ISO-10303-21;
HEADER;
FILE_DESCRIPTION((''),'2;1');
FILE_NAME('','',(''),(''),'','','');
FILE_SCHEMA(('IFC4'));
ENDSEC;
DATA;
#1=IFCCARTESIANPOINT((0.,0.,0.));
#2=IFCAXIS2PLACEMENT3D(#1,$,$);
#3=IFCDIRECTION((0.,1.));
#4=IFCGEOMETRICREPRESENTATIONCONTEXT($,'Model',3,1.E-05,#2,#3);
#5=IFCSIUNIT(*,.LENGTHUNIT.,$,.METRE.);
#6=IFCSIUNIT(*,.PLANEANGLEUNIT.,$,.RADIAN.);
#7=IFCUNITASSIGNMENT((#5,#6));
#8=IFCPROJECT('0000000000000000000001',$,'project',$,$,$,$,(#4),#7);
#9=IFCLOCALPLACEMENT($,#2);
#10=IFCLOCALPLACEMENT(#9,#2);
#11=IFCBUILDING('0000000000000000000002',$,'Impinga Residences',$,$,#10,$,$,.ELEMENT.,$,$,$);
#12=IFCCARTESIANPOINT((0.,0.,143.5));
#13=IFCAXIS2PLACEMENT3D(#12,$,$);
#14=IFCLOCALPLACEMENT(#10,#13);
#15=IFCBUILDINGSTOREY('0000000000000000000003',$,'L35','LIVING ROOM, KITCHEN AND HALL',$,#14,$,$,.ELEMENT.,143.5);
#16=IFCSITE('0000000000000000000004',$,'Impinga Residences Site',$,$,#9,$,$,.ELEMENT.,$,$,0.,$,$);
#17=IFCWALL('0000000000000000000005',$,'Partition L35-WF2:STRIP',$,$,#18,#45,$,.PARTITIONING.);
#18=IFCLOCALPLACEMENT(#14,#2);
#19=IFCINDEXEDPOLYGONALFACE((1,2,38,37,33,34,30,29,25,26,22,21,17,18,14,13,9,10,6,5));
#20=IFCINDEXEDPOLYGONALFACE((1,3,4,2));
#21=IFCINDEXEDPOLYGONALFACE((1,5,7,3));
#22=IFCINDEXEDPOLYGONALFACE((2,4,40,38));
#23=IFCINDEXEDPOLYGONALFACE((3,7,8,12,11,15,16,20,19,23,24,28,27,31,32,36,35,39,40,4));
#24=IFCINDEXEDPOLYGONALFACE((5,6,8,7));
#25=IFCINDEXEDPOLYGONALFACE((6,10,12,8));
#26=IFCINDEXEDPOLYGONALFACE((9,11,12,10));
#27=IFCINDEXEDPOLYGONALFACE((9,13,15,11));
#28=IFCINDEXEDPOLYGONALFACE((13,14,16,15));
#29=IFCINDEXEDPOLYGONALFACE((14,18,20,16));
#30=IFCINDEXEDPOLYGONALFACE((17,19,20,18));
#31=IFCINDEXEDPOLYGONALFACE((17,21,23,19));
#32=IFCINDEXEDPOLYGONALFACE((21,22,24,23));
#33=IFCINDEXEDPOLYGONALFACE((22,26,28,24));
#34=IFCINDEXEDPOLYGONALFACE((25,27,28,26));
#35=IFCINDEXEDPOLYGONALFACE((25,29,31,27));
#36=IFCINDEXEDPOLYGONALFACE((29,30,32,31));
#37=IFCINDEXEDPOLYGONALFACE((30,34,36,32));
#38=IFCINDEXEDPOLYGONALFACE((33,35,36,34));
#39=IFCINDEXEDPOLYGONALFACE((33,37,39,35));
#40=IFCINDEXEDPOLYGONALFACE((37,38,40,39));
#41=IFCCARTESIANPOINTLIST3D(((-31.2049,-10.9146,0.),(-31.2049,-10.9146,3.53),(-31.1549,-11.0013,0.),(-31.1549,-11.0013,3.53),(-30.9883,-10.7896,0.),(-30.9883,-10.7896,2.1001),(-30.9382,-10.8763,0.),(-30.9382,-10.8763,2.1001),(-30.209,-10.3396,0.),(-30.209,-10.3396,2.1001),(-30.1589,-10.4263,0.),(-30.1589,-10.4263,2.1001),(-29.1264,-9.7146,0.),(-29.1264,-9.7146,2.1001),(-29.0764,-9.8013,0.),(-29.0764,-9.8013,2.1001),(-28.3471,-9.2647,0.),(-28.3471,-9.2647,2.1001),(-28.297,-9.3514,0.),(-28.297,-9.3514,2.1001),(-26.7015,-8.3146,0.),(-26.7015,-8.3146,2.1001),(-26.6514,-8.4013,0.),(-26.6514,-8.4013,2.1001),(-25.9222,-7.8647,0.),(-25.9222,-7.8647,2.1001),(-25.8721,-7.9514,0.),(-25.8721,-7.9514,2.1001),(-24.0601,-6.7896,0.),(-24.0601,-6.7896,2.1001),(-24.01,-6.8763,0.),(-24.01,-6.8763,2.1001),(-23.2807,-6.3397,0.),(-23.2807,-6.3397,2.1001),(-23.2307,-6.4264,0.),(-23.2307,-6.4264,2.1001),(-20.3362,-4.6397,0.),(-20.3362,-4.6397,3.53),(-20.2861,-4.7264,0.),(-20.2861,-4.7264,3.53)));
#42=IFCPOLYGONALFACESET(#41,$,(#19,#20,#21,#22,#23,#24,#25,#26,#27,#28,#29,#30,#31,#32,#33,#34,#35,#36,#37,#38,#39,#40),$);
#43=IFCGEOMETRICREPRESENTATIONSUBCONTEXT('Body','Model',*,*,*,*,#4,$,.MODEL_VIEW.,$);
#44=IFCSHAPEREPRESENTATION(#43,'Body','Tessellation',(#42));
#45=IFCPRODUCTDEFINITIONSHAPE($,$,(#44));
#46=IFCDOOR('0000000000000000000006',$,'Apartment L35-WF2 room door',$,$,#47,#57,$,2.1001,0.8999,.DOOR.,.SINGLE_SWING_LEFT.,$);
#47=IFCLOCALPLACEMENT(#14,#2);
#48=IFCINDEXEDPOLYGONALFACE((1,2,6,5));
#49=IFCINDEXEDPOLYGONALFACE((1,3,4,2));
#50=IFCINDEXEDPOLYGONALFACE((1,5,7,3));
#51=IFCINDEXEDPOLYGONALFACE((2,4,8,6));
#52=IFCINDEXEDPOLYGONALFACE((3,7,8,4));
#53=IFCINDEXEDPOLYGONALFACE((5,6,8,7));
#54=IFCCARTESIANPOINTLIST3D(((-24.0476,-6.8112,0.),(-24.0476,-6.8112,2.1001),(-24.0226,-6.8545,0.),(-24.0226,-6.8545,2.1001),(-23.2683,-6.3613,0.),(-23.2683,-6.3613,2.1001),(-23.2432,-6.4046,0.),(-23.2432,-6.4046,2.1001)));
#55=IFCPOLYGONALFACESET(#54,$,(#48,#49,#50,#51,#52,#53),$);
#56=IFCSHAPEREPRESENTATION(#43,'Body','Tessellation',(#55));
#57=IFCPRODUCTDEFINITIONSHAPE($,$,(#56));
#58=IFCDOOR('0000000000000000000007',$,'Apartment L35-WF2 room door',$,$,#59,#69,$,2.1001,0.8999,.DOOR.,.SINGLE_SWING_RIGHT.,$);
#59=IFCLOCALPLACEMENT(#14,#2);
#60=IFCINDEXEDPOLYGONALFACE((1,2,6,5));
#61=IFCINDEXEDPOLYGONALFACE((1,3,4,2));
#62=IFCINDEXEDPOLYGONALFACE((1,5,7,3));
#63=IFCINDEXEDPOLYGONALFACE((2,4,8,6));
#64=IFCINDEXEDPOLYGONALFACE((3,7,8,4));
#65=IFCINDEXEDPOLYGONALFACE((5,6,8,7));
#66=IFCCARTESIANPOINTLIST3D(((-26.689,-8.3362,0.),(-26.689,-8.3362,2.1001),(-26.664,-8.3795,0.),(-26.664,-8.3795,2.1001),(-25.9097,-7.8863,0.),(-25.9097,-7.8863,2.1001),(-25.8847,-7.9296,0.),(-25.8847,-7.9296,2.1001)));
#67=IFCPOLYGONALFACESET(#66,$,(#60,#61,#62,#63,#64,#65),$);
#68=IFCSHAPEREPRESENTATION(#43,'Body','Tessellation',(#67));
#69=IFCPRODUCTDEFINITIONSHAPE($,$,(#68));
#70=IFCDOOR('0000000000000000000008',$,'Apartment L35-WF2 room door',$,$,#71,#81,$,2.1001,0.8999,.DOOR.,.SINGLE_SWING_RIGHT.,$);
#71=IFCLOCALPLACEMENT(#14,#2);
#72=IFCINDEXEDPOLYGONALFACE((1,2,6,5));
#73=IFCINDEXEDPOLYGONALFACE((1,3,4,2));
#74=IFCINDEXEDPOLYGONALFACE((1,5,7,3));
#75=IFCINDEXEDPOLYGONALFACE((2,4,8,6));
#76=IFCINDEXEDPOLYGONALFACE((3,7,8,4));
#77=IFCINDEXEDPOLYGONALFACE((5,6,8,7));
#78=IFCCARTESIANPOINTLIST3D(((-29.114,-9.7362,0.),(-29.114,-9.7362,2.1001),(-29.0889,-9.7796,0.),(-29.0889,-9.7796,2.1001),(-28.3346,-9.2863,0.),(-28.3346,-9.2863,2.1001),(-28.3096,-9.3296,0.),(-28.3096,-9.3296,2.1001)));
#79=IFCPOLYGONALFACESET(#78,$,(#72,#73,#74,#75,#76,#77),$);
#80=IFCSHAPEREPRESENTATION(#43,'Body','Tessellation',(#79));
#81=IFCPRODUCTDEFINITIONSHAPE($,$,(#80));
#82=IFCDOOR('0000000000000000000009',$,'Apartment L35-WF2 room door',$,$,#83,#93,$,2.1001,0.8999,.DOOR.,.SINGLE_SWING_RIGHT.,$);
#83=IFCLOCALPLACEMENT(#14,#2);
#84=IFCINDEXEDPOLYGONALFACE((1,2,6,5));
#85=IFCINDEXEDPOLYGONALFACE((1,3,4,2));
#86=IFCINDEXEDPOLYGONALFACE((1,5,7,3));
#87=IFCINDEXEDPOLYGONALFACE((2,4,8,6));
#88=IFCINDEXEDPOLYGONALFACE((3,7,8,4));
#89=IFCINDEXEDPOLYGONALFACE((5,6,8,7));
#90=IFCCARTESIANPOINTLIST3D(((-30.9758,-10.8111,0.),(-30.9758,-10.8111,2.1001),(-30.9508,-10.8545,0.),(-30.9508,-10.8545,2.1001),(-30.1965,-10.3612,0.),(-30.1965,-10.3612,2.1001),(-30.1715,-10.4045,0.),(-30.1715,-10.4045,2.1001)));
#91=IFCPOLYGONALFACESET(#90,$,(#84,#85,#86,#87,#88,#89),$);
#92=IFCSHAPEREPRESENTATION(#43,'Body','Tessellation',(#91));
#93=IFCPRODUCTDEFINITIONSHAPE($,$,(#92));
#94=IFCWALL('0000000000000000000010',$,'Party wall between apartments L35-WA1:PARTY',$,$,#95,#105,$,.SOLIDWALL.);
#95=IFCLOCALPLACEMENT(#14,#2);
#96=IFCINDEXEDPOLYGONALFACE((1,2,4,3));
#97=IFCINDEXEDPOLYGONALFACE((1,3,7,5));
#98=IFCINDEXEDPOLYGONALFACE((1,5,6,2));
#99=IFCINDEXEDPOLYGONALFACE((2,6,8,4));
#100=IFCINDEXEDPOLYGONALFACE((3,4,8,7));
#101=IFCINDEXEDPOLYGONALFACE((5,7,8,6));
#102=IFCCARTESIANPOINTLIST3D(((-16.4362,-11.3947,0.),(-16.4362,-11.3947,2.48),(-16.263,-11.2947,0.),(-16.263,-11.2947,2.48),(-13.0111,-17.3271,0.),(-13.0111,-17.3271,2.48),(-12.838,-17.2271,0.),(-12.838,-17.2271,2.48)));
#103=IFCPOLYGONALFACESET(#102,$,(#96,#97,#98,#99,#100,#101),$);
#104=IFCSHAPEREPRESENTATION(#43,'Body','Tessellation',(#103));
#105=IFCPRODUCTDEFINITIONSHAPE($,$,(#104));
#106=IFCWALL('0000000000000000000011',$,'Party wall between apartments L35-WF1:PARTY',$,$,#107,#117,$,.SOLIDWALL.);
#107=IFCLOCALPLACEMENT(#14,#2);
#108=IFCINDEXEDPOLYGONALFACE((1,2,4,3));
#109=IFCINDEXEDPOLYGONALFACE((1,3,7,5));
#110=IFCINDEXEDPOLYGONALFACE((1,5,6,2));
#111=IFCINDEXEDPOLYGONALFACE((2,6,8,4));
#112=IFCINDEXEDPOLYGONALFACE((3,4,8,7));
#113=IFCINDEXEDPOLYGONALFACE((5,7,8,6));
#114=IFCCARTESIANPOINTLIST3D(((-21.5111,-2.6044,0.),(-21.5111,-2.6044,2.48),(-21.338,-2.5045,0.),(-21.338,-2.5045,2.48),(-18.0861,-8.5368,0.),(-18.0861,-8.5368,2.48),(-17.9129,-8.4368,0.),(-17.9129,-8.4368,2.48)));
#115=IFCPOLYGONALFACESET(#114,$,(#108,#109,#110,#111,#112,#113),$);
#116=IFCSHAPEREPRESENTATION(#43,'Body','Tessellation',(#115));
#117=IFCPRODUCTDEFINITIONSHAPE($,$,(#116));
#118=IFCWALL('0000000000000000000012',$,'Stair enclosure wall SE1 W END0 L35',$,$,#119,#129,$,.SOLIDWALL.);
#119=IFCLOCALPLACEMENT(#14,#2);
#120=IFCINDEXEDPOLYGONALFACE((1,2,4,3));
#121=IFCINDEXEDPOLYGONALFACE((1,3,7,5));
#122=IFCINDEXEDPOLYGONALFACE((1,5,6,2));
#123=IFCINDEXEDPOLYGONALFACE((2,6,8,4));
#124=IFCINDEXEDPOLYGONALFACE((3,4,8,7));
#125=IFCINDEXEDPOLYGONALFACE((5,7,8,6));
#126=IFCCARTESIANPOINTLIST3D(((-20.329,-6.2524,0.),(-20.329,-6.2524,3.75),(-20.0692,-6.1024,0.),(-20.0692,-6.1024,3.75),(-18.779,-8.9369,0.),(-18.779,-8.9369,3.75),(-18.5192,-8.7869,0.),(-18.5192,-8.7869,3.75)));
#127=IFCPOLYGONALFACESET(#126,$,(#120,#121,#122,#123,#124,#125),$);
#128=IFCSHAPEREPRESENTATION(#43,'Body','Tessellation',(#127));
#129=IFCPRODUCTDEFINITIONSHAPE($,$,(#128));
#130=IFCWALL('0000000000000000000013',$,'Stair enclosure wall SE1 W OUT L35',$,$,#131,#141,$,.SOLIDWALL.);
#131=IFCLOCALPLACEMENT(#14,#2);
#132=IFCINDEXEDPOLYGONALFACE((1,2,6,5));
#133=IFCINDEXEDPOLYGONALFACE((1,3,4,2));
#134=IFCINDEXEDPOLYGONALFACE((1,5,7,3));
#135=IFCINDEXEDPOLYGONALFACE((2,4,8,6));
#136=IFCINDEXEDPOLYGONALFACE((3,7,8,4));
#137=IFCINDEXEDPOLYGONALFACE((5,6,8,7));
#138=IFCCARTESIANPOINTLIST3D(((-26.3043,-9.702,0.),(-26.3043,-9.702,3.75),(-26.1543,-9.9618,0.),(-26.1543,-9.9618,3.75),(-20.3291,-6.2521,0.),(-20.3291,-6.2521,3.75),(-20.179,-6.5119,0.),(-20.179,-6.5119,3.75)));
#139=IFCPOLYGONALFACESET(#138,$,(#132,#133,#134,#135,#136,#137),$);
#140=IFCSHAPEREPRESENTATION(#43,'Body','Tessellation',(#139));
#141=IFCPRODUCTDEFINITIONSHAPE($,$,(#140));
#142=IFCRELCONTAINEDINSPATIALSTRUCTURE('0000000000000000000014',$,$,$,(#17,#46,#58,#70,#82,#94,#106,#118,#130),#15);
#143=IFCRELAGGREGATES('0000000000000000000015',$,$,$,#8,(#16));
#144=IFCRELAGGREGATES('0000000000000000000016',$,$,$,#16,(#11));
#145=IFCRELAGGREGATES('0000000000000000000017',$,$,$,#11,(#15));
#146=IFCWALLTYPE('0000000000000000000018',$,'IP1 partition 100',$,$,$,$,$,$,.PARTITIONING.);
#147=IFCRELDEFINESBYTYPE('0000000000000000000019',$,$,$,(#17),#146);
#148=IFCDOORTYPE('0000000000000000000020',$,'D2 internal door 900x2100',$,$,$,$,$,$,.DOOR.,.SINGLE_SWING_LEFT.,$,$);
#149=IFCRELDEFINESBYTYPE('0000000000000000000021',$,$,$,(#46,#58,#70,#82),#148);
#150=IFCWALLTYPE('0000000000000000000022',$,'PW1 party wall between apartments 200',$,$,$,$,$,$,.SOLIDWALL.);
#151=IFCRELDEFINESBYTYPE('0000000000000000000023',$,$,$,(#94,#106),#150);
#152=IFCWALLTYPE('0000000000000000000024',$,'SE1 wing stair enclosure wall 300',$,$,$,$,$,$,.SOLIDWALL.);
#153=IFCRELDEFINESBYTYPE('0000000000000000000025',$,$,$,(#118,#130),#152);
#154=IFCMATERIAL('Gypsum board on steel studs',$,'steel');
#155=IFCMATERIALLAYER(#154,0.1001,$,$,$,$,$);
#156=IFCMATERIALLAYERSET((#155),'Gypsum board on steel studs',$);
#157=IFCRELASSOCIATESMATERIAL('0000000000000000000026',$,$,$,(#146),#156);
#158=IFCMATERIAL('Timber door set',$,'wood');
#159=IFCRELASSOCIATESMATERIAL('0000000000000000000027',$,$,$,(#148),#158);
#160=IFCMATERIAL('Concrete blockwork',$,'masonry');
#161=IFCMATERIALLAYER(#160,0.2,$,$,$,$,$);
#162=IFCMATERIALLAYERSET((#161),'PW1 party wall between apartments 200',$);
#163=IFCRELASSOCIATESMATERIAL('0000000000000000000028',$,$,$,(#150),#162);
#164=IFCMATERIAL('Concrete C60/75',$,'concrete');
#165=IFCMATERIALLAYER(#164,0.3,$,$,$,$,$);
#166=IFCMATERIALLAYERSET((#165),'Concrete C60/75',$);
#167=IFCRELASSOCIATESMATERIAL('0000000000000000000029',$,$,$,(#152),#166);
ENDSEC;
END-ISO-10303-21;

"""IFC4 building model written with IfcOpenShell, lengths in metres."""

from ifc_helpers import new_model, si_unit, direction, frame, frame_2d, origin, place, context, subcontext, project, spatial, rectangle, extrude, material, layer, layer_set, type_object, element, fill, save


model = new_model("IFC4")

# Units and contexts
model_context = context("Model", 3, precision=1e-05, world=origin(), true_north=direction((0.0, 1.0)))
body_context = subcontext(model_context, "Body", "Model", "MODEL_VIEW")
ifc_project = project(units=[si_unit("LENGTHUNIT", "METRE"), si_unit("PLANEANGLEUNIT", "RADIAN")], contexts=[model_context])

# Site, building, storey
site_placement = place(None, origin())
site = spatial("IfcSite", under=ifc_project, at=site_placement, Name="Impinga Residences Site", CompositionType="ELEMENT", RefElevation=0.0)
building_placement = place(site_placement, origin())
building = spatial("IfcBuilding", under=site, at=building_placement, Name="Impinga Residences", CompositionType="ELEMENT")
storey_placement = place(building_placement, frame((0.0, 0.0, 143.5)))
storey = spatial("IfcBuildingStorey", under=building, at=storey_placement, Name="L35", Description="LIVING ROOM, KITCHEN AND HALL", CompositionType="ELEMENT", Elevation=143.5)

# Shared definitions
ifc_material_1 = material(Name="Concrete C60/75", Category="concrete")

# Shared definitions
ifc_material_2 = material(Name="Gypsum board on steel studs", Category="steel")
ifc_layer_1 = layer(ifc_material_2, 0.1001)
ifc_layer_set_1 = layer_set([ifc_layer_1], Name="Gypsum board on steel studs")
wall_type_1 = type_object("IfcWallType", Name="IP1 partition 100", PredefinedType="PARTITIONING", material=ifc_layer_set_1)

# Shared definitions
ifc_material_3 = material(Name="Timber door set", Category="wood")
door_type = type_object("IfcDoorType", Name="D2 internal door 900x2100", OperationType="SINGLE_SWING_LEFT", PredefinedType="DOOR", material=ifc_material_3)

# Wall, openings, doors
wall_1_placement = place(storey_placement, frame((-20.3113, -4.6831, 0.0), z_axis=(0.0, 0.0, 1.0), x_axis=(-0.866029, -0.499993, 0.0)))
wall_1 = element("IfcWall", 1, at=wall_1_placement, inside=storey, type_object=wall_type_1, Name="Partition L35-WF2:STRIP", PredefinedType="PARTITIONING", context=body_context, shape_type="SweptSolid", body=[
    extrude(rectangle(XDim=12.55, YDim=0.1001, at=frame_2d((6.2749, 0.0))), origin(), (0.0, 0.0, 1.0), 3.53),
])
opening_1_placement = place(wall_1_placement, frame((3.3999, 0.0, 0.0)))
opening_1 = element("IfcOpeningElement", 2, at=opening_1_placement, cuts=wall_1, PredefinedType="OPENING", context=body_context, shape_type="SweptSolid", body=[
    extrude(rectangle(XDim=0.8999, YDim=2.1001, at=frame_2d((0.45, 1.05))), frame((0.0, 0.0601, 0.0), z_axis=(0.0, -1.0, 0.0), x_axis=(1.0, 0.0, 0.0)), (0.0, 0.0, 1.0), 0.1201),
])
opening_2_placement = place(wall_1_placement, frame((6.45, 0.0, 0.0)))
opening_2 = element("IfcOpeningElement", 3, at=opening_2_placement, cuts=wall_1, PredefinedType="OPENING", context=body_context, shape_type="SweptSolid", body=[
    extrude(rectangle(XDim=0.8999, YDim=2.1001, at=frame_2d((0.45, 1.05))), frame((0.0, 0.0601, 0.0), z_axis=(0.0, -1.0, 0.0), x_axis=(1.0, 0.0, 0.0)), (0.0, 0.0, 1.0), 0.1201),
])
opening_3_placement = place(wall_1_placement, frame((9.25, 0.0, 0.0)))
opening_3 = element("IfcOpeningElement", 4, at=opening_3_placement, cuts=wall_1, PredefinedType="OPENING", context=body_context, shape_type="SweptSolid", body=[
    extrude(rectangle(XDim=0.8999, YDim=2.1001, at=frame_2d((0.45, 1.05))), frame((0.0, 0.0601, 0.0), z_axis=(0.0, -1.0, 0.0), x_axis=(1.0, 0.0, 0.0)), (0.0, 0.0, 1.0), 0.1201),
])
opening_4_placement = place(wall_1_placement, frame((11.3999, 0.0, 0.0)))
opening_4 = element("IfcOpeningElement", 5, at=opening_4_placement, cuts=wall_1, PredefinedType="OPENING", context=body_context, shape_type="SweptSolid", body=[
    extrude(rectangle(XDim=0.8999, YDim=2.1001, at=frame_2d((0.45, 1.05))), frame((0.0, 0.0601, 0.0), z_axis=(0.0, -1.0, 0.0), x_axis=(1.0, 0.0, 0.0)), (0.0, 0.0, 1.0), 0.1201),
])
door_1_placement = place(opening_1_placement, origin())
door_1 = element("IfcDoor", 6, at=door_1_placement, inside=storey, type_object=door_type, Name="Apartment L35-WF2 room door", OperationType="SINGLE_SWING_LEFT", OverallHeight=2.1001, OverallWidth=0.8999, PredefinedType="DOOR", context=body_context, shape_type="SweptSolid", body=[
    extrude(rectangle(XDim=0.8999, YDim=2.1001, at=frame_2d((0.45, 1.05))), frame((0.0, 0.0249, 0.0), z_axis=(0.0, -1.0, 0.0), x_axis=(1.0, 0.0, 0.0)), (0.0, 0.0, 1.0), 0.05),
])
fill(opening_1, door_1)
door_2_placement = place(opening_2_placement, origin())
door_2 = element("IfcDoor", 7, at=door_2_placement, inside=storey, type_object=door_type, Name="Apartment L35-WF2 room door", OperationType="SINGLE_SWING_RIGHT", OverallHeight=2.1001, OverallWidth=0.8999, PredefinedType="DOOR", context=body_context, shape_type="SweptSolid", body=[
    extrude(rectangle(XDim=0.8999, YDim=2.1001, at=frame_2d((0.45, 1.05))), frame((0.0, 0.0249, 0.0), z_axis=(0.0, -1.0, 0.0), x_axis=(1.0, 0.0, 0.0)), (0.0, 0.0, 1.0), 0.05),
])
fill(opening_2, door_2)
door_3_placement = place(opening_3_placement, origin())
door_3 = element("IfcDoor", 8, at=door_3_placement, inside=storey, type_object=door_type, Name="Apartment L35-WF2 room door", OperationType="SINGLE_SWING_RIGHT", OverallHeight=2.1001, OverallWidth=0.8999, PredefinedType="DOOR", context=body_context, shape_type="SweptSolid", body=[
    extrude(rectangle(XDim=0.8999, YDim=2.1001, at=frame_2d((0.45, 1.05))), frame((0.0, 0.0249, 0.0), z_axis=(0.0, -1.0, 0.0), x_axis=(1.0, 0.0, 0.0)), (0.0, 0.0, 1.0), 0.05),
])
fill(opening_3, door_3)
door_4_placement = place(opening_4_placement, origin())
door_4 = element("IfcDoor", 9, at=door_4_placement, inside=storey, type_object=door_type, Name="Apartment L35-WF2 room door", OperationType="SINGLE_SWING_RIGHT", OverallHeight=2.1001, OverallWidth=0.8999, PredefinedType="DOOR", context=body_context, shape_type="SweptSolid", body=[
    extrude(rectangle(XDim=0.8999, YDim=2.1001, at=frame_2d((0.45, 1.05))), frame((0.0, 0.0249, 0.0), z_axis=(0.0, -1.0, 0.0), x_axis=(1.0, 0.0, 0.0)), (0.0, 0.0, 1.0), 0.05),
])
fill(opening_4, door_4)

# Walls
ifc_material_4 = material(Name="Concrete blockwork", Category="masonry")
ifc_layer_2 = layer(ifc_material_4, 0.2)
ifc_layer_set_2 = layer_set([ifc_layer_2], Name="PW1 party wall between apartments 200")
wall_type_2 = type_object("IfcWallType", Name="PW1 party wall between apartments 200", PredefinedType="SOLIDWALL", material=ifc_layer_set_2)
for number, where, z_axis, x_axis, name in (
    (10, (-16.3496, -11.3447, 0.0), (0.0, 0.0, 1.0), (0.499999, -0.866026, 0.0), "Party wall between apartments L35-WA1:PARTY"),
    (11, (-17.9995, -8.4868, 0.0), (0.0, 0.0, 1.0), (-0.499999, 0.866026, 0.0), "Party wall between apartments L35-WF1:PARTY"),
):
    element("IfcWall", number, at=place(storey_placement, frame(where, z_axis=z_axis, x_axis=x_axis)), inside=storey, type_object=wall_type_2, Name=name, PredefinedType="SOLIDWALL", context=body_context, shape_type="SweptSolid", body=[
        extrude(rectangle(XDim=6.8501, YDim=0.2, at=frame_2d((3.425, 0.0))), origin(), (0.0, 0.0, 1.0), 2.48),
    ])
ifc_layer_3 = layer(ifc_material_1, 0.3)
ifc_layer_set_3 = layer_set([ifc_layer_3], Name="Concrete C60/75")
wall_type_3 = type_object("IfcWallType", Name="SE1 wing stair enclosure wall 300", PredefinedType="SOLIDWALL", material=ifc_layer_set_3)
wall_2_placement = place(storey_placement, frame((-18.6492, -8.8618, 0.0), z_axis=(0.0, 0.0, 1.0), x_axis=(-0.500027, 0.86601, 0.0)))
element("IfcWall", 12, at=wall_2_placement, inside=storey, type_object=wall_type_3, Name="Stair enclosure wall SE1 W END0 L35", PredefinedType="SOLIDWALL", context=body_context, shape_type="SweptSolid", body=[
    extrude(rectangle(XDim=3.0999, YDim=0.3, at=frame_2d((1.5498, 0.0))), origin(), (0.0, 0.0, 1.0), 3.75),
])
wall_3_placement = place(storey_placement, frame((-20.2542, -6.3821, 0.0), z_axis=(0.0, 0.0, 1.0), x_axis=(-0.86602, -0.500009, 0.0)))
element("IfcWall", 13, at=wall_3_placement, inside=storey, type_object=wall_type_3, Name="Stair enclosure wall SE1 W OUT L35", PredefinedType="SOLIDWALL", context=body_context, shape_type="SweptSolid", body=[
    extrude(rectangle(XDim=6.8997, YDim=0.3, at=frame_2d((3.4497, 0.0))), origin(), (0.0, 0.0, 1.0), 3.75),
])

save(model, "model.ifc")
